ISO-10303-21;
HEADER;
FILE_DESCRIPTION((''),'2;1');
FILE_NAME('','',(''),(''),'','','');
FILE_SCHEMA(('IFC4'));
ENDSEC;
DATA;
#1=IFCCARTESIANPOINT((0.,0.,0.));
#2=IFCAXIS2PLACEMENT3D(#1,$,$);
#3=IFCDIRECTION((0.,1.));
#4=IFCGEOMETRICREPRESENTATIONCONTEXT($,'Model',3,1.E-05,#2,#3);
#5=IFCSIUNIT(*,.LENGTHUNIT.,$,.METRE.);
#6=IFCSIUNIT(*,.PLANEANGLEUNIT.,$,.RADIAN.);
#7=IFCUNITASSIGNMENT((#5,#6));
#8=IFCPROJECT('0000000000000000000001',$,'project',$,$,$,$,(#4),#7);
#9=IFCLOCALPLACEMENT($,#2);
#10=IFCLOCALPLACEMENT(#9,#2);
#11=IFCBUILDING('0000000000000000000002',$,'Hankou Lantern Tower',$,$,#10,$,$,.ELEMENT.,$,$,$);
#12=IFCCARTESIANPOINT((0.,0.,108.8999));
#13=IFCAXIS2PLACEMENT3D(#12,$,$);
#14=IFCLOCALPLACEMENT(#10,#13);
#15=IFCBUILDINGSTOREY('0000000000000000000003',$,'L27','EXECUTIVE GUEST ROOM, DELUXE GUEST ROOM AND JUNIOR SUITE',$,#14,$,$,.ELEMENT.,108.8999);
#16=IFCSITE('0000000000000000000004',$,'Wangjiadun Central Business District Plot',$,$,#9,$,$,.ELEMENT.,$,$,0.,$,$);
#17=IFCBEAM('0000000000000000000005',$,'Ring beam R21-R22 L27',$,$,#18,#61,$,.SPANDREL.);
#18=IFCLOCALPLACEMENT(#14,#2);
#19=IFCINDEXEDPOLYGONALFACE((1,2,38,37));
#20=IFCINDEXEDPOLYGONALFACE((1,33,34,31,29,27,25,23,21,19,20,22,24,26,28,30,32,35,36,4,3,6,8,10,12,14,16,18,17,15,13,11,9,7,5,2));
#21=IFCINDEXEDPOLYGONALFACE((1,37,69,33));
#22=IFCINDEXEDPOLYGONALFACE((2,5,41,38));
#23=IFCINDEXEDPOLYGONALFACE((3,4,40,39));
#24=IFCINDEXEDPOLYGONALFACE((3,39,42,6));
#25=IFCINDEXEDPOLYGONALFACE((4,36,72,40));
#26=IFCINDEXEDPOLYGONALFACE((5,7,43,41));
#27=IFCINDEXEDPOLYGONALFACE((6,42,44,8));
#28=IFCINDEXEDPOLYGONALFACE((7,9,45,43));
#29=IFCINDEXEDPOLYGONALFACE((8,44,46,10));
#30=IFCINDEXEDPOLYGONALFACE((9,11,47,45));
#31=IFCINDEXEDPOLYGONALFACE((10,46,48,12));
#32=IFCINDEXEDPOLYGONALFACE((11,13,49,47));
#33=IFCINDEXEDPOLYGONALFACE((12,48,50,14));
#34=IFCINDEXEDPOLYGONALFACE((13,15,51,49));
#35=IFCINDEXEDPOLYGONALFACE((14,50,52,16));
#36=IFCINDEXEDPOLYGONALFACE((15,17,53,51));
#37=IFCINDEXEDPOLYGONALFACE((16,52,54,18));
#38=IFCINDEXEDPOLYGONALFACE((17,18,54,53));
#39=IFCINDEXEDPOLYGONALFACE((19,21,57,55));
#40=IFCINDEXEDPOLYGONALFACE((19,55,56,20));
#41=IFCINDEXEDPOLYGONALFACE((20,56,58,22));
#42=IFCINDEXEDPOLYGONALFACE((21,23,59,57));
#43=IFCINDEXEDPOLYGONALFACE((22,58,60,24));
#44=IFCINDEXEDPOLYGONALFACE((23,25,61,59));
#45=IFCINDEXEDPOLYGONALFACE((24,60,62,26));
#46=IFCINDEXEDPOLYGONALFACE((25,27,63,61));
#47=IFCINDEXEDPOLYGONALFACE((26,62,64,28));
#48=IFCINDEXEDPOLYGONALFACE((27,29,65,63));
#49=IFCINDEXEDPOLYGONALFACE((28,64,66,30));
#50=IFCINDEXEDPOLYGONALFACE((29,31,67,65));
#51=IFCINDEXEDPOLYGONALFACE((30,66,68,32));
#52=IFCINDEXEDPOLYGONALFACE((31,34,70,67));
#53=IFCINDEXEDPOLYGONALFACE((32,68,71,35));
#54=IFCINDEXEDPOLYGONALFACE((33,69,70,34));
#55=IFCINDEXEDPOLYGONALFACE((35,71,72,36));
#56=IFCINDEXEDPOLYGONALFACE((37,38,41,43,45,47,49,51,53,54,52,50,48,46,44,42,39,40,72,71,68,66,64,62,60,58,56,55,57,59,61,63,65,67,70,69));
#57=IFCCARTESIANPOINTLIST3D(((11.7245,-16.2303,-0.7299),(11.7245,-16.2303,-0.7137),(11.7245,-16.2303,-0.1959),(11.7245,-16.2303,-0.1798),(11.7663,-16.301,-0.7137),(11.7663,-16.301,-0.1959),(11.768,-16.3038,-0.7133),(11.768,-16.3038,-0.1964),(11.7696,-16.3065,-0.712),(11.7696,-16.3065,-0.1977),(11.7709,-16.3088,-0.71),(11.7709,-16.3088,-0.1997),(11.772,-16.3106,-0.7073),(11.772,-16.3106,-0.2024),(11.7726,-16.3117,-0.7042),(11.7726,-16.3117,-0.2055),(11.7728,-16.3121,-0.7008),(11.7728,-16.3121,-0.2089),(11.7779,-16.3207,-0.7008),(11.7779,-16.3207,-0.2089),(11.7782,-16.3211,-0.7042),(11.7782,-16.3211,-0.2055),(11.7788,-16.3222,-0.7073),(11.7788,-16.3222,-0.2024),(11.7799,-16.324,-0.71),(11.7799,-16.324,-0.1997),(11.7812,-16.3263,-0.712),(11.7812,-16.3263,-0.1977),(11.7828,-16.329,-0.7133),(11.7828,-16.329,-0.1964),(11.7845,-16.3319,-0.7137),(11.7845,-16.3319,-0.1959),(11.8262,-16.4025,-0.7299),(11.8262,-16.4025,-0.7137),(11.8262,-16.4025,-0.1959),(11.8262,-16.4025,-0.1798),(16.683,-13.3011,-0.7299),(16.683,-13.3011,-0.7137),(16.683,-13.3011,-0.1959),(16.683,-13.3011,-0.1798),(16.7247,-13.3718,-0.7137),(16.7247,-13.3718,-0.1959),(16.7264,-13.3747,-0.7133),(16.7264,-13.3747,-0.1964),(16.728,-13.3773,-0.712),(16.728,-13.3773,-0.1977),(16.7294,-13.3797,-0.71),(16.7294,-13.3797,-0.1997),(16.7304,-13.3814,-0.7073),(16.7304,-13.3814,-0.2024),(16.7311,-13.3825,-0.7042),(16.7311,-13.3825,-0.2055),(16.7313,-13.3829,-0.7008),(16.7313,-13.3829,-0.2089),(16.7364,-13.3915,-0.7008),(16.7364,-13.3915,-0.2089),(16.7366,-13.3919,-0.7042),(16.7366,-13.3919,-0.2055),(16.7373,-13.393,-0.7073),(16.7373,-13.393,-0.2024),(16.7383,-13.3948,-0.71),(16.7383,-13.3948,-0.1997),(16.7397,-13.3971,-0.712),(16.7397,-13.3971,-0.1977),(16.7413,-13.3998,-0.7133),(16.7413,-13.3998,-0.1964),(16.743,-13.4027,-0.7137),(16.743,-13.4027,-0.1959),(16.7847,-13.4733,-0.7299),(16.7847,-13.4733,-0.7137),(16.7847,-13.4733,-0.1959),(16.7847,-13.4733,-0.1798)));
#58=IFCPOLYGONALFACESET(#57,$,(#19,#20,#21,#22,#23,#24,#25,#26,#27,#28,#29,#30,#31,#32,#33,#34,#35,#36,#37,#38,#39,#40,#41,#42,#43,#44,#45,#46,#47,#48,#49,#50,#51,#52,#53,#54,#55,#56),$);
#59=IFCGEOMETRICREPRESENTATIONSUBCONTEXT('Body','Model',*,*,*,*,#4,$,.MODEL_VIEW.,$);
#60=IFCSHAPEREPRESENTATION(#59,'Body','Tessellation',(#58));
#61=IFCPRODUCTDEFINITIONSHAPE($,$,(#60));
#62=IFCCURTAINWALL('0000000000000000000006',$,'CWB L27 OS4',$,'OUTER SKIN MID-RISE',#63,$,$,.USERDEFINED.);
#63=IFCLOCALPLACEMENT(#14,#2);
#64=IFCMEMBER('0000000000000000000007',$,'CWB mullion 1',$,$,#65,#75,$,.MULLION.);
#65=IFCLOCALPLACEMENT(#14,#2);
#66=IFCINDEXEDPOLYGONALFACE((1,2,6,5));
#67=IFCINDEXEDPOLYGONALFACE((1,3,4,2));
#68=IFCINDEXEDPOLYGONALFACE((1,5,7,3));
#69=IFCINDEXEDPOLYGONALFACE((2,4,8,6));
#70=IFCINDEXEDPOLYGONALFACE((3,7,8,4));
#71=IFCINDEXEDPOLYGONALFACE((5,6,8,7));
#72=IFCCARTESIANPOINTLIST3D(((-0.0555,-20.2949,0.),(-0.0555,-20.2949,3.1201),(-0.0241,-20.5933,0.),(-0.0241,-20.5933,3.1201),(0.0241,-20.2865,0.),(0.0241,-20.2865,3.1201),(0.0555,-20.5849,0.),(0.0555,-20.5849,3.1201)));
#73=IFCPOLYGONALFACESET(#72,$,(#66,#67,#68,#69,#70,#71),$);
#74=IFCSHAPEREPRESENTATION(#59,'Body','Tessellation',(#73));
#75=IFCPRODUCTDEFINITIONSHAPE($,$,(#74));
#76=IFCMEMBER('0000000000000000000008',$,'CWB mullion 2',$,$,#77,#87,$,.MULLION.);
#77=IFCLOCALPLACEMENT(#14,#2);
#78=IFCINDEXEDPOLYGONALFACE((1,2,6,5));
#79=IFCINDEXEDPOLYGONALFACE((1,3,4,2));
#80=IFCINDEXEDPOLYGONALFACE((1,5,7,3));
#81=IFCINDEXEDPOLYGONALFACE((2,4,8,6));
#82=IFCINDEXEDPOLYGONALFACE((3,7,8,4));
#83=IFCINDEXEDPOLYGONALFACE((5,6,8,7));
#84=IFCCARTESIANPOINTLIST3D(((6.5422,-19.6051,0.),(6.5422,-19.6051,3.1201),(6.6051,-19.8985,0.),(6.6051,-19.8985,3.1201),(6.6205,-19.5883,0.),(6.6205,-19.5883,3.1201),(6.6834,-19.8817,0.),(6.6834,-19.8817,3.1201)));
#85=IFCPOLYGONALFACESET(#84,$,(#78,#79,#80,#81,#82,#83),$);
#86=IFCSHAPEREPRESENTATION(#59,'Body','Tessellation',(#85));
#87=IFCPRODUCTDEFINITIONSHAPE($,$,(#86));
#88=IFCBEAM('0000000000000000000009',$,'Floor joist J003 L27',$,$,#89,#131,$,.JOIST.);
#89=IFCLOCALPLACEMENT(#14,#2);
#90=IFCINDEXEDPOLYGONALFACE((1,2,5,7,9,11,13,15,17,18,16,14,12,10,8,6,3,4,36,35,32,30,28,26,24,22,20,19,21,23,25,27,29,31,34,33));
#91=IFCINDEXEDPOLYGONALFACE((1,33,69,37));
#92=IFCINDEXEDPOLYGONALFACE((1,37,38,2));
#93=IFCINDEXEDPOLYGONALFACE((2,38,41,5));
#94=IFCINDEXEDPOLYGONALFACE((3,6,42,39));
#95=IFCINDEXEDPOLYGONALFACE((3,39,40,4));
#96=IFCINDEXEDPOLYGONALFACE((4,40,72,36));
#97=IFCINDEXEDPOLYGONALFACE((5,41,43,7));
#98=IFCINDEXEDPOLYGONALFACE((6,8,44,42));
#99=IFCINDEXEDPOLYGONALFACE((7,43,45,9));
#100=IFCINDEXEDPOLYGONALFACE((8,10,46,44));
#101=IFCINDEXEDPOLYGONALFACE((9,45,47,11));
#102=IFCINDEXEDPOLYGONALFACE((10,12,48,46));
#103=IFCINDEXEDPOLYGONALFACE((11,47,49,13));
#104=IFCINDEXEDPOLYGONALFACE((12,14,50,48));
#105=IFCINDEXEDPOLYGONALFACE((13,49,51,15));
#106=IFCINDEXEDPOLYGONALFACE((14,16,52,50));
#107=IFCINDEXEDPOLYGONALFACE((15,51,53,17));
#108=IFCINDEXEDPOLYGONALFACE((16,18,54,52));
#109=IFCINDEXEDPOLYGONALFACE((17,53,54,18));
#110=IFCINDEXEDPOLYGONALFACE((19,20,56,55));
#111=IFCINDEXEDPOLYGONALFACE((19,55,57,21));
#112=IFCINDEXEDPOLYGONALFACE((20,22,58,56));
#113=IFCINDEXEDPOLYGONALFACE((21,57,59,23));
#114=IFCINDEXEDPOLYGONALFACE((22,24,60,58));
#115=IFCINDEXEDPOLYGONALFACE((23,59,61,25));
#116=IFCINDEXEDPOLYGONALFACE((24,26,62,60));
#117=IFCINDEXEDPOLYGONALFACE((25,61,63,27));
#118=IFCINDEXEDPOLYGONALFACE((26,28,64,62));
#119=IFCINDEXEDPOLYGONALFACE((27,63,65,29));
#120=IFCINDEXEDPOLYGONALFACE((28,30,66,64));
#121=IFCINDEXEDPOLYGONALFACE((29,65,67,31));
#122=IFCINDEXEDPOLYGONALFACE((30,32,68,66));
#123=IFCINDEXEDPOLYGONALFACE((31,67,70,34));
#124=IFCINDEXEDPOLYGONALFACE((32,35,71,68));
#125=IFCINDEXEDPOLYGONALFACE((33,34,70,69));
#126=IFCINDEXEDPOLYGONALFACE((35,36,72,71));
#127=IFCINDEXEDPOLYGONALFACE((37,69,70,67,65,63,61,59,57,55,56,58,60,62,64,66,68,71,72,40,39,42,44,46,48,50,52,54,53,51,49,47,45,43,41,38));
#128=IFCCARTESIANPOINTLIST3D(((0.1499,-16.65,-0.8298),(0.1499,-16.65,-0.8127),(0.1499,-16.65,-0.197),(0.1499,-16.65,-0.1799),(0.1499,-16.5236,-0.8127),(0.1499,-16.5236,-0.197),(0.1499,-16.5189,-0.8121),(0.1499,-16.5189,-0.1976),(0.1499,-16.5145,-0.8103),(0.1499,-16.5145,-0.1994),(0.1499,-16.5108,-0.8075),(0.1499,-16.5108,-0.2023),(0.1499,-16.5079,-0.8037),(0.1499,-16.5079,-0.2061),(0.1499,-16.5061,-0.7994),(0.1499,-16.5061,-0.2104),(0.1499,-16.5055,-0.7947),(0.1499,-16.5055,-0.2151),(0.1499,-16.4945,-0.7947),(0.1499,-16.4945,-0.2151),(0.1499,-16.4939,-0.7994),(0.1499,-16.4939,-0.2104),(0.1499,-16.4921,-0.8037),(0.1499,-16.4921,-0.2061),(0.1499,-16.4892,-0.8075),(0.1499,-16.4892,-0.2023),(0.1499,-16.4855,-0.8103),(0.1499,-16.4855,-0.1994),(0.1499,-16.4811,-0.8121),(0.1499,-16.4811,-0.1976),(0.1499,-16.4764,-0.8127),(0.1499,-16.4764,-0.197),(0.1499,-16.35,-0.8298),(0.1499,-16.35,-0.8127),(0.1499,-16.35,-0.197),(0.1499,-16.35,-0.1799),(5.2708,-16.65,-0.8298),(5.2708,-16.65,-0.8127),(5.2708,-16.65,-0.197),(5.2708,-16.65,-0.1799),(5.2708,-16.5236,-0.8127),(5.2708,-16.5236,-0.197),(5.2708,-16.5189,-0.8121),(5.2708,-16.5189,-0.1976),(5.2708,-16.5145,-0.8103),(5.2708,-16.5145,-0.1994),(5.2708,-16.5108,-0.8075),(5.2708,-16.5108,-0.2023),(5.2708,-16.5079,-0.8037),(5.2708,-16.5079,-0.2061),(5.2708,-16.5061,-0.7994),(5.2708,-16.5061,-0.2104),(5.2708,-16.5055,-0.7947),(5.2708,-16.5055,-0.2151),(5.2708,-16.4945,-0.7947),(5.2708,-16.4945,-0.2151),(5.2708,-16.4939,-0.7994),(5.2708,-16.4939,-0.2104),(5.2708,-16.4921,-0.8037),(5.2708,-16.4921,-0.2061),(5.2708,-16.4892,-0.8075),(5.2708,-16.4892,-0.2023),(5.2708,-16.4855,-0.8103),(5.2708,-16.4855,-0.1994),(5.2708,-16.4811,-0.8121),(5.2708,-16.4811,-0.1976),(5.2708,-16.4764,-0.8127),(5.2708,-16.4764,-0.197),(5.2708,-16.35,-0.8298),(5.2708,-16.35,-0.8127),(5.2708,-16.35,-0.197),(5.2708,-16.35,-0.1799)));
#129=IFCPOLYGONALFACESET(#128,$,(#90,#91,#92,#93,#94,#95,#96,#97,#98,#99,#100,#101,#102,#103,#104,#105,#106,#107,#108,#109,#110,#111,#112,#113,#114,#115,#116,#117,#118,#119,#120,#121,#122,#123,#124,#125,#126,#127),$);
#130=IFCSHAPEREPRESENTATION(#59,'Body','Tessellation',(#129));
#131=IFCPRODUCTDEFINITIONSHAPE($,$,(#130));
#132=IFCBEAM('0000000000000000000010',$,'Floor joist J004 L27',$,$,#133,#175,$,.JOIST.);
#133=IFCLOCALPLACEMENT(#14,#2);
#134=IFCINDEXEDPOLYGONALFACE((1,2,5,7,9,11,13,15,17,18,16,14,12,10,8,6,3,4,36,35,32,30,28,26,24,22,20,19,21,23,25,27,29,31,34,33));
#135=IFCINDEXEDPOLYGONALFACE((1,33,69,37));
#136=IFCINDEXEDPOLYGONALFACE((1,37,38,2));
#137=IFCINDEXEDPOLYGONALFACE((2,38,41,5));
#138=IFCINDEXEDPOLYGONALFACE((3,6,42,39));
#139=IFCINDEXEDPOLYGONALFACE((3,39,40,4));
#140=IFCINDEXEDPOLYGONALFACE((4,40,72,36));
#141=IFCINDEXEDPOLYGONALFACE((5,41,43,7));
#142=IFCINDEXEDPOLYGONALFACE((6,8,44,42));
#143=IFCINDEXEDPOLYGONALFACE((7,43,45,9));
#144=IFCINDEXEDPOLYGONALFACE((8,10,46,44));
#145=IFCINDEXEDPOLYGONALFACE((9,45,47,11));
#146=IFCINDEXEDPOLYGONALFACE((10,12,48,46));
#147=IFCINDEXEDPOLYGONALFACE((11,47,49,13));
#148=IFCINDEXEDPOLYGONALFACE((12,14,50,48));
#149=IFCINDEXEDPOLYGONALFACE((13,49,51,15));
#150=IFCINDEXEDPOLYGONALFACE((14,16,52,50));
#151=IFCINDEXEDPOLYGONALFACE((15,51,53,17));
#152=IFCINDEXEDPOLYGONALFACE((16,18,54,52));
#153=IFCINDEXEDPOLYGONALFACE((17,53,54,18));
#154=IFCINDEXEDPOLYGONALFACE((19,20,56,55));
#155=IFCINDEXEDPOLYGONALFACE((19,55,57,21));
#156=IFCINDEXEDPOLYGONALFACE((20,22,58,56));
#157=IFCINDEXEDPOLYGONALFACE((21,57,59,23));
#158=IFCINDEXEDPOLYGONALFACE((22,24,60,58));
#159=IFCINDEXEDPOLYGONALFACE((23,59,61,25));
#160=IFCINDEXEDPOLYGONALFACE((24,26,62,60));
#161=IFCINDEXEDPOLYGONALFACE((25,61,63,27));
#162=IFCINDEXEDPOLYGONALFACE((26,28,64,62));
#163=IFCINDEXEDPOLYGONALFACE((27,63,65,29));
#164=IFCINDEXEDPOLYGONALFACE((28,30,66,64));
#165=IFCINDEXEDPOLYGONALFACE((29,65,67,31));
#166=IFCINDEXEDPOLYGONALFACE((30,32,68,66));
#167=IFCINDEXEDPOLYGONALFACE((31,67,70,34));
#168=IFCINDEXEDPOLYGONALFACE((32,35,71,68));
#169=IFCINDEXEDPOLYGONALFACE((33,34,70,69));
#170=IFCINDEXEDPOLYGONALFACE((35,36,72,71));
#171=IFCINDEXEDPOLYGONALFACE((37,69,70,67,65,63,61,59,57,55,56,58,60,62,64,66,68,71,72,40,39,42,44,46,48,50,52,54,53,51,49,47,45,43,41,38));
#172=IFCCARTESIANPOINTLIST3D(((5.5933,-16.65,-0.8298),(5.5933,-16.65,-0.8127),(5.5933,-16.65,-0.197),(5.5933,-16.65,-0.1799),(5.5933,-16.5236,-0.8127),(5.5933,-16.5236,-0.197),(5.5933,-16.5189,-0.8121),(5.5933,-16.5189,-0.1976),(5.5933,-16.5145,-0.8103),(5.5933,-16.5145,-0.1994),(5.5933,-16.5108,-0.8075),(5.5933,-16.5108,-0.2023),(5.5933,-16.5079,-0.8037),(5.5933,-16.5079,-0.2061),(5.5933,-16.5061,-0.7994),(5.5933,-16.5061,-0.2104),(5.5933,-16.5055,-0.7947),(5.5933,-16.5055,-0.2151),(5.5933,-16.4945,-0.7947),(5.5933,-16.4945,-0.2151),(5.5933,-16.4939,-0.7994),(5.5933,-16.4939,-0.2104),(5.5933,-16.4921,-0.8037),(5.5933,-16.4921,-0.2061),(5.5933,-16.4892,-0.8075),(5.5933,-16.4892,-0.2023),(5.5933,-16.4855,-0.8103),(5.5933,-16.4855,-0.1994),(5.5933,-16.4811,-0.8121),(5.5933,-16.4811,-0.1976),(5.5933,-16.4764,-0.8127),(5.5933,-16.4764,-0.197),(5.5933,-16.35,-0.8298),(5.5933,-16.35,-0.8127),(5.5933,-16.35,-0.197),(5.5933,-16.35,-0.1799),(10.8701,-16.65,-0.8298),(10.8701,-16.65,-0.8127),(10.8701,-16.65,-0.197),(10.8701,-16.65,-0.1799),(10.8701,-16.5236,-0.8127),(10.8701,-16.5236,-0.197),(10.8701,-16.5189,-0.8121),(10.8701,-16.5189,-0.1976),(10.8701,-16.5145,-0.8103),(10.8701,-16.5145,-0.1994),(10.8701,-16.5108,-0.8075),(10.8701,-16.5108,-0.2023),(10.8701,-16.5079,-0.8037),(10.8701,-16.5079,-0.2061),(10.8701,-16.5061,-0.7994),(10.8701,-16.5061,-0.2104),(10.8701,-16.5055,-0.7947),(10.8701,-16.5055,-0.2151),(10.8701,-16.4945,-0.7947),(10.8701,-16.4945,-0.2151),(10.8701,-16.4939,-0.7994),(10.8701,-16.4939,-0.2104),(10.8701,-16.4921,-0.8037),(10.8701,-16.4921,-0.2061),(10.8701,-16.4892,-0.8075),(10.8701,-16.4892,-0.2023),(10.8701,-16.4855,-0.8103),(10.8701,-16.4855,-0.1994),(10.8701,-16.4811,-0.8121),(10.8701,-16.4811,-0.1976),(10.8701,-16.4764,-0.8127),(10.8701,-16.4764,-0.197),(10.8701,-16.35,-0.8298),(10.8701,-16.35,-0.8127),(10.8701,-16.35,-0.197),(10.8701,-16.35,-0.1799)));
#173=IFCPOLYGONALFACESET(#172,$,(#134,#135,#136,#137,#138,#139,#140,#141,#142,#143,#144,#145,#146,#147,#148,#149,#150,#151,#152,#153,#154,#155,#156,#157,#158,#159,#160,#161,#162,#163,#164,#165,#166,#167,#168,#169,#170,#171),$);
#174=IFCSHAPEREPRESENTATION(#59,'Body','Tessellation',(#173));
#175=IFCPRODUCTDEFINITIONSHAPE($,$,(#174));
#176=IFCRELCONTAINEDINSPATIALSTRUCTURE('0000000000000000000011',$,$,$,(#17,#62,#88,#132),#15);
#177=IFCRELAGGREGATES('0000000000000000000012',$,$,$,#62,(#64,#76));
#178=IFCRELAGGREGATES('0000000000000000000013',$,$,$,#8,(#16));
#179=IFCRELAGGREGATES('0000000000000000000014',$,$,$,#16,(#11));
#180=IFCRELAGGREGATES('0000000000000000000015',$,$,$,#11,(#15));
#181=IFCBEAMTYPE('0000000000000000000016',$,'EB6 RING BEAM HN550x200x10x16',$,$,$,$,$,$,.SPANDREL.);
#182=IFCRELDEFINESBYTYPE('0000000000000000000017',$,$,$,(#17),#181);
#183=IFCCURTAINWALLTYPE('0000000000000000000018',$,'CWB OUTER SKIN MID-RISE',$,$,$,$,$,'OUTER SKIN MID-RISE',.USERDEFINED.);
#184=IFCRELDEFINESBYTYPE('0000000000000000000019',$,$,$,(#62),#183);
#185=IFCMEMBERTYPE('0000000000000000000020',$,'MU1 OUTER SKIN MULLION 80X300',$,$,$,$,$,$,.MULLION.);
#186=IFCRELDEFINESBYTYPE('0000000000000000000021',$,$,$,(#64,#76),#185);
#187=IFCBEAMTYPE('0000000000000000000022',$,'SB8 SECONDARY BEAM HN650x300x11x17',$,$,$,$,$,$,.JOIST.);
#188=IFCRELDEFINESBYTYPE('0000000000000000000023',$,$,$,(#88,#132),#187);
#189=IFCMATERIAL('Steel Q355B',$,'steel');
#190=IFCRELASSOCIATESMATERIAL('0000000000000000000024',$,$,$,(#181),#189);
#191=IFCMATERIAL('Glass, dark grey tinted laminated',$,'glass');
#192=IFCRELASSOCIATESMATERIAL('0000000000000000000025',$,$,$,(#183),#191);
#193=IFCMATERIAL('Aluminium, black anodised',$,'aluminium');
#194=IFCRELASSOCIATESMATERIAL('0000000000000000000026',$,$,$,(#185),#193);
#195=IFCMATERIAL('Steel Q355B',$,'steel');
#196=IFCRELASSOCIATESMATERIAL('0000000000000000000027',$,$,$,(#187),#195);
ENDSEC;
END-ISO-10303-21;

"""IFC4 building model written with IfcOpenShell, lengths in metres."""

from ifc_helpers import new_model, si_unit, direction, frame, origin, origin_2d, place, context, subcontext, project, spatial, rectangle, i_section, extrude, material, material_profile, profile_set, type_object, element, aggregate, save


model = new_model("IFC4")

# Units and contexts
model_context = context("Model", 3, precision=1e-05, world=origin(), true_north=direction((0.0, 1.0)))
body_context = subcontext(model_context, "Body", "Model", "MODEL_VIEW")
ifc_project = project(units=[si_unit("LENGTHUNIT", "METRE"), si_unit("PLANEANGLEUNIT", "RADIAN")], contexts=[model_context])

# Site, building, storey
site_placement = place(None, origin())
site = spatial("IfcSite", under=ifc_project, at=site_placement, Name="Wangjiadun Central Business District Plot", CompositionType="ELEMENT", RefElevation=0.0)
building_placement = place(site_placement, origin())
building = spatial("IfcBuilding", under=site, at=building_placement, Name="Hankou Lantern Tower", CompositionType="ELEMENT")
storey_placement = place(building_placement, frame((0.0, 0.0, 108.8999)))
storey = spatial("IfcBuildingStorey", under=building, at=storey_placement, Name="L27", Description="EXECUTIVE GUEST ROOM, DELUXE GUEST ROOM AND JUNIOR SUITE", CompositionType="ELEMENT", Elevation=108.8999)

# Beam
ifc_material_1 = material(Name="Steel Q355B", Category="steel")
ifc_material_profile_1 = material_profile(ifc_material_1, i_section(OverallWidth=0.2, OverallDepth=0.55, WebThickness=0.01, FlangeThickness=0.0161, FilletRadius=0.0129, at=origin_2d()), Name="HN550x200x10x16")
ifc_profile_set_1 = profile_set([ifc_material_profile_1], Name="Steel Q355B")
beam_type_1 = type_object("IfcBeamType", Name="EB6 RING BEAM HN550x200x10x16", PredefinedType="SPANDREL", material=ifc_profile_set_1)
beam_1_placement = place(storey_placement, frame((11.7754, -16.3164, -0.4548), z_axis=(0.860989, 0.508624, 0.0), x_axis=(-0.508624, 0.860989, 0.0)))
element("IfcBeam", 1, at=beam_1_placement, inside=storey, type_object=beam_type_1, Name="Ring beam R21-R22 L27", PredefinedType="SPANDREL", context=body_context, shape_type="SweptSolid", body=[
    extrude(i_section(OverallWidth=0.2, OverallDepth=0.55, WebThickness=0.01, FlangeThickness=0.0161, FilletRadius=0.0129, at=origin_2d()), origin(), (0.0, 0.0, 1.0), 5.759),
])

# Curtain wall, members
ifc_material_2 = material(Name="Glass, dark grey tinted laminated", Category="glass")
curtain_wall_type = type_object("IfcCurtainWallType", Name="CWB OUTER SKIN MID-RISE", ElementType="OUTER SKIN MID-RISE", PredefinedType="USERDEFINED", material=ifc_material_2)
curtain_wall_placement = place(storey_placement, origin())
curtain_wall = element("IfcCurtainWall", 2, at=curtain_wall_placement, inside=storey, type_object=curtain_wall_type, Name="CWB L27 OS4", ObjectType="OUTER SKIN MID-RISE", PredefinedType="USERDEFINED")
ifc_material_3 = material(Name="Aluminium, black anodised", Category="aluminium")
ifc_material_profile_2 = material_profile(ifc_material_3, rectangle(XDim=0.0801, YDim=0.3, at=origin_2d()), Name="MU1 80X300")
ifc_profile_set_2 = profile_set([ifc_material_profile_2], Name="Aluminium, black anodised")
member_type_1 = type_object("IfcMemberType", Name="MU1 OUTER SKIN MULLION 80X300", PredefinedType="MULLION", material=ifc_profile_set_2)
member_1_placement = place(storey_placement, frame((0.0, -20.4399, 0.0), z_axis=(0.0, 0.0, 1.0), x_axis=(0.994499, 0.104743, 0.0)))
member_1 = element("IfcMember", 3, at=member_1_placement, type_object=member_type_1, Name="CWB mullion 1", PredefinedType="MULLION", context=body_context, shape_type="SweptSolid", body=[
    extrude(rectangle(XDim=0.0801, YDim=0.3, at=origin_2d()), origin(), (0.0, 0.0, 1.0), 3.1201),
])
member_2_placement = place(storey_placement, frame((6.6128, -19.7434, 0.0), z_axis=(0.0, 0.0, 1.0), x_axis=(0.977788, 0.209598, 0.0)))
member_2 = element("IfcMember", 4, at=member_2_placement, type_object=member_type_1, Name="CWB mullion 2", PredefinedType="MULLION", context=body_context, shape_type="SweptSolid", body=[
    extrude(rectangle(XDim=0.0801, YDim=0.3, at=origin_2d()), origin(), (0.0, 0.0, 1.0), 3.1201),
])

# Beams
ifc_material_4 = material(Name="Steel Q355B", Category="steel")
ifc_material_profile_3 = material_profile(ifc_material_4, i_section(OverallWidth=0.3, OverallDepth=0.6499, WebThickness=0.011, FlangeThickness=0.0171, FilletRadius=0.0181, at=origin_2d()), Name="HN650x300x11x17")
ifc_profile_set_3 = profile_set([ifc_material_profile_3], Name="Steel Q355B")
beam_type_2 = type_object("IfcBeamType", Name="SB8 SECONDARY BEAM HN650x300x11x17", PredefinedType="JOIST", material=ifc_profile_set_3)
beam_2_placement = place(storey_placement, frame((0.1499, -16.5, -0.5049), z_axis=(1.0, 0.0, 0.0), x_axis=(0.0, 1.0, 0.0)))
element("IfcBeam", 5, at=beam_2_placement, inside=storey, type_object=beam_type_2, Name="Floor joist J003 L27", PredefinedType="JOIST", context=body_context, shape_type="SweptSolid", body=[
    extrude(i_section(OverallWidth=0.3, OverallDepth=0.6499, WebThickness=0.011, FlangeThickness=0.0171, FilletRadius=0.0181, at=origin_2d()), origin(), (0.0, 0.0, 1.0), 5.1208),
])
beam_3_placement = place(storey_placement, frame((5.5933, -16.5, -0.5049), z_axis=(1.0, 0.0, 0.0), x_axis=(0.0, 1.0, 0.0)))
element("IfcBeam", 6, at=beam_3_placement, inside=storey, type_object=beam_type_2, Name="Floor joist J004 L27", PredefinedType="JOIST", context=body_context, shape_type="SweptSolid", body=[
    extrude(i_section(OverallWidth=0.3, OverallDepth=0.6499, WebThickness=0.011, FlangeThickness=0.0171, FilletRadius=0.0181, at=origin_2d()), origin(), (0.0, 0.0, 1.0), 5.2769),
])

aggregate(curtain_wall, [member_1, member_2])

save(model, "model.ifc")
